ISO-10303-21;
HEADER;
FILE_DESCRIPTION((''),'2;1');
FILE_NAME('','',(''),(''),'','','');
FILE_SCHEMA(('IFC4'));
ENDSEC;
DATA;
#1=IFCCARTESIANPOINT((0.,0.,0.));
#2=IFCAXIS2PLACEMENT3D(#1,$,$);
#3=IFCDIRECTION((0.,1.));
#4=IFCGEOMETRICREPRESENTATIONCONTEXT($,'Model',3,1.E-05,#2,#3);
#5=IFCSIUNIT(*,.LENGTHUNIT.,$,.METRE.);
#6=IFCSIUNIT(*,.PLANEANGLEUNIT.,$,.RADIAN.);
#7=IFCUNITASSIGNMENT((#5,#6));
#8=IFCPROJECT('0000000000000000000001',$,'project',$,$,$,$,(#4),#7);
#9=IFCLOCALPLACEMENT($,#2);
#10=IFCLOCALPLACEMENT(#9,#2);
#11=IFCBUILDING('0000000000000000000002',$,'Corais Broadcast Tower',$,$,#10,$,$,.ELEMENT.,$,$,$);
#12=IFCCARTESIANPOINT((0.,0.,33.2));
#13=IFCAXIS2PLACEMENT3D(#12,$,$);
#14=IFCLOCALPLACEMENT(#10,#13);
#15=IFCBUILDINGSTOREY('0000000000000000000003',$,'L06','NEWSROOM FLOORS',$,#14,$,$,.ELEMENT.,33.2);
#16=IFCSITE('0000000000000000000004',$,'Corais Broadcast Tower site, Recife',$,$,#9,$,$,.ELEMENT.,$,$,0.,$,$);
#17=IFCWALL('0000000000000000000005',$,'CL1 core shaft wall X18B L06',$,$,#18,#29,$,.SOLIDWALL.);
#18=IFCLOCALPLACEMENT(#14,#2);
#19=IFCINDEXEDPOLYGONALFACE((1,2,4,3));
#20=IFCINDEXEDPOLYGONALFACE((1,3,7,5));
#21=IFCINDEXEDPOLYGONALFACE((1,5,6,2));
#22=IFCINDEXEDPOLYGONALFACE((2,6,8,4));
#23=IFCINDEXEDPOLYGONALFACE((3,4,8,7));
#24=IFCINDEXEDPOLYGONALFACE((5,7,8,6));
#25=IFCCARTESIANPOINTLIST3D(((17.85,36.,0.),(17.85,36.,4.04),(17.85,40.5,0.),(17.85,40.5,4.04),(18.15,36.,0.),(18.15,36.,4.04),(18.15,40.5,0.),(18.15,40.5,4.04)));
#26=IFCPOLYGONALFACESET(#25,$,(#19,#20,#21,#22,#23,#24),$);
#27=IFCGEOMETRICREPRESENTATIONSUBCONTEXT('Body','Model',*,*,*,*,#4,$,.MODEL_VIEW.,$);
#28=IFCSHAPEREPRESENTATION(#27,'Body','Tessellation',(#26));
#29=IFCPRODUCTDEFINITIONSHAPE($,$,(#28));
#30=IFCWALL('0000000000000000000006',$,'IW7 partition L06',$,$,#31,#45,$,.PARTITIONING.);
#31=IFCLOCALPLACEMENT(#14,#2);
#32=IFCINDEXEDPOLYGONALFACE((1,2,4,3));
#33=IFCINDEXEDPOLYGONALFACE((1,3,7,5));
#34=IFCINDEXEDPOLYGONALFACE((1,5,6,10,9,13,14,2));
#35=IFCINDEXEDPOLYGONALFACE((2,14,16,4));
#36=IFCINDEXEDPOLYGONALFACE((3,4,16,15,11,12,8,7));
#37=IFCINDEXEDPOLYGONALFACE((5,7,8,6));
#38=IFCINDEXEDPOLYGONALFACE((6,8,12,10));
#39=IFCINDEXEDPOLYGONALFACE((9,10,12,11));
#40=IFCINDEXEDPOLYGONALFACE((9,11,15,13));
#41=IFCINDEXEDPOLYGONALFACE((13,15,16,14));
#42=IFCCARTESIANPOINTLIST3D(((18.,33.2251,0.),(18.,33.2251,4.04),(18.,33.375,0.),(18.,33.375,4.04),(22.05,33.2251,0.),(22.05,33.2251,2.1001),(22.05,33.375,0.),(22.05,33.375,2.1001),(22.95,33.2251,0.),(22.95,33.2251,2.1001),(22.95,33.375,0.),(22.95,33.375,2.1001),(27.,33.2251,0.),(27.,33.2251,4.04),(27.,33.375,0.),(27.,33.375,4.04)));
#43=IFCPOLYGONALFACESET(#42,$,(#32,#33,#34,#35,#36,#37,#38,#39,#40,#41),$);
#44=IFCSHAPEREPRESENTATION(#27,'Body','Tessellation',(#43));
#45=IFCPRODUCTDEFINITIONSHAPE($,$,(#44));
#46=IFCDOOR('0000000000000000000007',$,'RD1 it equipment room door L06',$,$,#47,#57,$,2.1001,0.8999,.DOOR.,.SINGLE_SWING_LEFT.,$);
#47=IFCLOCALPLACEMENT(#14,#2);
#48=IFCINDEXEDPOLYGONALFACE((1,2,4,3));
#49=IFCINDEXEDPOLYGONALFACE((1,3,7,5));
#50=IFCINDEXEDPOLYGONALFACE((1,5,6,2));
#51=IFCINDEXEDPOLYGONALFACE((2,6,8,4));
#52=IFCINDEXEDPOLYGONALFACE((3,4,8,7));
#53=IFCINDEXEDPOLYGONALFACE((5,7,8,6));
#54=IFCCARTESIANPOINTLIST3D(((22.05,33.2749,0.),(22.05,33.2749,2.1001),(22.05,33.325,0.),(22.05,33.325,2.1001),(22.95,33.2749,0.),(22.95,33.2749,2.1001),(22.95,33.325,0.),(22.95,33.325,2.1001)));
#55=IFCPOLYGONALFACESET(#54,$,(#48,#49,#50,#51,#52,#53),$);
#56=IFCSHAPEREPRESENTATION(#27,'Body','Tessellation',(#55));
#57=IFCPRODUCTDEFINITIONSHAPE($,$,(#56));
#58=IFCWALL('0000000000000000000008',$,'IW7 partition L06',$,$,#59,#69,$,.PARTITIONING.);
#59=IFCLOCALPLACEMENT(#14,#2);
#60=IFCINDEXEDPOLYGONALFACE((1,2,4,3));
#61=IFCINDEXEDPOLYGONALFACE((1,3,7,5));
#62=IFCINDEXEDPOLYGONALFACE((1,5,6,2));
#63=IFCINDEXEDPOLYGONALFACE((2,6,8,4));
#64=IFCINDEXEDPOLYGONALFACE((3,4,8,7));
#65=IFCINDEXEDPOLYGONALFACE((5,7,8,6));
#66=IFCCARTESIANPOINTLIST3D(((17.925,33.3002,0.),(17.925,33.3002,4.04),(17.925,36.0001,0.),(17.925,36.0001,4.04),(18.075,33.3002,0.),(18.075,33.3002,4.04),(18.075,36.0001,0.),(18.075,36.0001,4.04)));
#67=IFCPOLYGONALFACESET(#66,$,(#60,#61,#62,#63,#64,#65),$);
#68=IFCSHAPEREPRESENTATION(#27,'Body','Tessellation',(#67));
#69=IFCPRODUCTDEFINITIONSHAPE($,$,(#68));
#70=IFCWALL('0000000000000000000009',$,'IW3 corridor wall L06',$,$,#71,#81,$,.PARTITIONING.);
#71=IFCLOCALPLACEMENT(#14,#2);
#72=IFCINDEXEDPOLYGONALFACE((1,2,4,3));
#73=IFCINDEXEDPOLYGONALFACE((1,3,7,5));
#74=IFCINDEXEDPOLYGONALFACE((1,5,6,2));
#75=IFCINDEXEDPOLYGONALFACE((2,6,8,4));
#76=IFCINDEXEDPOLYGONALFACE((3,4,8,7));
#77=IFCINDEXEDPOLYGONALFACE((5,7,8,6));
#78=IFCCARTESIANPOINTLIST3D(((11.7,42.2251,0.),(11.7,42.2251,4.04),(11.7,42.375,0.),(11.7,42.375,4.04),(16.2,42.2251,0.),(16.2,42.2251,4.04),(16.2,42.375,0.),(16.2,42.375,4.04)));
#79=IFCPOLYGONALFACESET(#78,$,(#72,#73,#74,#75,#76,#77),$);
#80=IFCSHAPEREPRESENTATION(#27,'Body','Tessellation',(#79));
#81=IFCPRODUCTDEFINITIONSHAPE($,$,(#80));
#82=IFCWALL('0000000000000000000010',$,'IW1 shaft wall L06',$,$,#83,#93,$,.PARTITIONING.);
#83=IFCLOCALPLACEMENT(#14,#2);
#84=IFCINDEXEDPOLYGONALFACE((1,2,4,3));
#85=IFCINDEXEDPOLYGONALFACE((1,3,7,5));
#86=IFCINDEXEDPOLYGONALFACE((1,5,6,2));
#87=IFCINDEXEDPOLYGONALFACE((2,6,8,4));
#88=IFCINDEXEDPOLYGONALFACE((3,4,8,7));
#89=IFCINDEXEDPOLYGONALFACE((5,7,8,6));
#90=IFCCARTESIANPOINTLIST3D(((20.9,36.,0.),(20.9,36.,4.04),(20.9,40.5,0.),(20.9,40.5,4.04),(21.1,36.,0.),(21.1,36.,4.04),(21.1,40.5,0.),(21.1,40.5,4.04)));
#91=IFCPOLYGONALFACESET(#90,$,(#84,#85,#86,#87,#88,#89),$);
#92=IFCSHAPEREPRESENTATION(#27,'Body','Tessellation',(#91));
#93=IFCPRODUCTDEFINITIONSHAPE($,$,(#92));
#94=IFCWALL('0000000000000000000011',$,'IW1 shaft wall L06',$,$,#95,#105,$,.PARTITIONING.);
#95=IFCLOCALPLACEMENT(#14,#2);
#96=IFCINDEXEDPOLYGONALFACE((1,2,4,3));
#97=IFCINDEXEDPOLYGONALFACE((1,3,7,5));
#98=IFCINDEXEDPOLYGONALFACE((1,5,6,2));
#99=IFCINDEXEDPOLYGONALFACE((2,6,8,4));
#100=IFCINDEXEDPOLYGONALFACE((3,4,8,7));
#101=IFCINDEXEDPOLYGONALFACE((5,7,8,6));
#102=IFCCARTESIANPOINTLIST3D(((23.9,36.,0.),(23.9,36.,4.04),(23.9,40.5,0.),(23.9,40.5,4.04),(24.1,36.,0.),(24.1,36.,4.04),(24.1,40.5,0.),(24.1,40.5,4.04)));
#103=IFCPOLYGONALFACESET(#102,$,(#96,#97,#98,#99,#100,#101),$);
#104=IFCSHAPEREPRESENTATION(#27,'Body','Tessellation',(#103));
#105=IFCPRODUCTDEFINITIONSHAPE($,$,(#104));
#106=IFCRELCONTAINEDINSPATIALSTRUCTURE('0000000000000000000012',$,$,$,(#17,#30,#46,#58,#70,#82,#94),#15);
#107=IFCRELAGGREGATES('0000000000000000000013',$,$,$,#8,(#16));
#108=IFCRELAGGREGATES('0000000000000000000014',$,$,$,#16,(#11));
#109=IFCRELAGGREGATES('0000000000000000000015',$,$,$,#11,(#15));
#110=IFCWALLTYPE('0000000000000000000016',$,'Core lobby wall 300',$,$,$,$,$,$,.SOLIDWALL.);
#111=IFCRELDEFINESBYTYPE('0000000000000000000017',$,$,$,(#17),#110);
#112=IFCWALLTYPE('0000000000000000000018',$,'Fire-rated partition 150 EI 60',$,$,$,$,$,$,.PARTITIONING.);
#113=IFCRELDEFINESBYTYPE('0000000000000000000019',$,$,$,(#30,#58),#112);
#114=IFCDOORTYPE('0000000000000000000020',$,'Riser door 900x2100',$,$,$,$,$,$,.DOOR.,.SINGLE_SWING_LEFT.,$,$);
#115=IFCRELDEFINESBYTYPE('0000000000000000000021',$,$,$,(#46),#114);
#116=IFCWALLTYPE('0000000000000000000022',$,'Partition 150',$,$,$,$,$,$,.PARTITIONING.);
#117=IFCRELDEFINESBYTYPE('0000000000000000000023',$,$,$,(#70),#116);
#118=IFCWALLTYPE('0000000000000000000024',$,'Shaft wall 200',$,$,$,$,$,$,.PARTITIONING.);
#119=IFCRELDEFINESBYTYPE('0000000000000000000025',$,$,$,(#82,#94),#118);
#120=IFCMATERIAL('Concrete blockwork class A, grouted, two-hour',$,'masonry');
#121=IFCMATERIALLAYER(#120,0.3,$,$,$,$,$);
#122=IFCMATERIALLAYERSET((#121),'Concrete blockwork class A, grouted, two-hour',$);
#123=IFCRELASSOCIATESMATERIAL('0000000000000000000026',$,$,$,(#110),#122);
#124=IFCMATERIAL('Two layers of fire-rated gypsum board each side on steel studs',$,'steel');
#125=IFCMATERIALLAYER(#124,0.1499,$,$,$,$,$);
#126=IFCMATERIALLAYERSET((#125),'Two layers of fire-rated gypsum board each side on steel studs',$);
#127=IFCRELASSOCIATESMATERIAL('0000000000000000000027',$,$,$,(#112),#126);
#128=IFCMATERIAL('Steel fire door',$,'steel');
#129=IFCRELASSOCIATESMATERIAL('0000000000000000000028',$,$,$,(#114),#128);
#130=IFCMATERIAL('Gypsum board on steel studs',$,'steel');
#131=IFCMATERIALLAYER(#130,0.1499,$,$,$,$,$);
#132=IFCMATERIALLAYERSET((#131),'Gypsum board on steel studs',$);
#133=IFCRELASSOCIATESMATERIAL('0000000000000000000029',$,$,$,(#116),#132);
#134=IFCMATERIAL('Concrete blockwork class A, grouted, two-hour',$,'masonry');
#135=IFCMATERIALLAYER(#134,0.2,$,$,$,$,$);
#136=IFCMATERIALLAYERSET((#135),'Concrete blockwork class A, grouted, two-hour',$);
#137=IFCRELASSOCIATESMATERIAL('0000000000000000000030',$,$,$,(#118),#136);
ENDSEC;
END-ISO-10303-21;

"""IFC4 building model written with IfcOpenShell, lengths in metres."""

from ifc_helpers import new_model, si_unit, direction, frame, frame_2d, origin, place, context, subcontext, project, spatial, rectangle, extrude, material, layer, layer_set, type_object, element, fill, save


model = new_model("IFC4")

# Units and contexts
model_context = context("Model", 3, precision=1e-05, world=origin(), true_north=direction((0.0, 1.0)))
body_context = subcontext(model_context, "Body", "Model", "MODEL_VIEW")
ifc_project = project(units=[si_unit("LENGTHUNIT", "METRE"), si_unit("PLANEANGLEUNIT", "RADIAN")], contexts=[model_context])

# Site, building, storey
site_placement = place(None, origin())
site = spatial("IfcSite", under=ifc_project, at=site_placement, Name="Corais Broadcast Tower site, Recife", CompositionType="ELEMENT", RefElevation=0.0)
building_placement = place(site_placement, origin())
building = spatial("IfcBuilding", under=site, at=building_placement, Name="Corais Broadcast Tower", CompositionType="ELEMENT")
storey_placement = place(building_placement, frame((0.0, 0.0, 33.2)))
storey = spatial("IfcBuildingStorey", under=building, at=storey_placement, Name="L06", Description="NEWSROOM FLOORS", CompositionType="ELEMENT", Elevation=33.2)

# Wall
ifc_material_1 = material(Name="Concrete blockwork class A, grouted, two-hour", Category="masonry")
ifc_layer_1 = layer(ifc_material_1, 0.3)
ifc_layer_set_1 = layer_set([ifc_layer_1], Name="Concrete blockwork class A, grouted, two-hour")
wall_type_1 = type_object("IfcWallType", Name="Core lobby wall 300", PredefinedType="SOLIDWALL", material=ifc_layer_set_1)
wall_1_placement = place(storey_placement, frame((18.0, 36.0, 0.0), z_axis=(0.0, 0.0, 1.0), x_axis=(0.0, 1.0, 0.0)))
element("IfcWall", 1, at=wall_1_placement, inside=storey, type_object=wall_type_1, Name="CL1 core shaft wall X18B L06", PredefinedType="SOLIDWALL", context=body_context, shape_type="SweptSolid", body=[
    extrude(rectangle(XDim=4.5, YDim=0.3, at=frame_2d((2.25, 0.0))), origin(), (0.0, 0.0, 1.0), 4.04),
])

# Wall, opening, door
ifc_material_2 = material(Name="Two layers of fire-rated gypsum board each side on steel studs", Category="steel")
ifc_layer_2 = layer(ifc_material_2, 0.1499)
ifc_layer_set_2 = layer_set([ifc_layer_2], Name="Two layers of fire-rated gypsum board each side on steel studs")
wall_type_2 = type_object("IfcWallType", Name="Fire-rated partition 150 EI 60", PredefinedType="PARTITIONING", material=ifc_layer_set_2)
wall_2_placement = place(storey_placement, frame((18.0, 33.3, 0.0), z_axis=(0.0, 0.0, 1.0), x_axis=(1.0, 0.0, 0.0)))
wall_2 = element("IfcWall", 2, at=wall_2_placement, inside=storey, type_object=wall_type_2, Name="IW7 partition L06", PredefinedType="PARTITIONING", context=body_context, shape_type="SweptSolid", body=[
    extrude(rectangle(XDim=9.0, YDim=0.1499, at=frame_2d((4.5, 0.0))), origin(), (0.0, 0.0, 1.0), 4.04),
])
opening_placement = place(wall_2_placement, frame((4.05, 0.0, 0.0)))
opening = element("IfcOpeningElement", 3, at=opening_placement, cuts=wall_2, PredefinedType="OPENING", context=body_context, shape_type="SweptSolid", body=[
    extrude(rectangle(XDim=0.8999, YDim=2.1001, at=frame_2d((0.45, 1.05))), frame((0.0, 0.085, 0.0), z_axis=(0.0, -1.0, 0.0), x_axis=(1.0, 0.0, 0.0)), (0.0, 0.0, 1.0), 0.1699),
])
ifc_material_3 = material(Name="Steel fire door", Category="steel")
door_type = type_object("IfcDoorType", Name="Riser door 900x2100", OperationType="SINGLE_SWING_LEFT", PredefinedType="DOOR", material=ifc_material_3)
door_placement = place(opening_placement, origin())
door = element("IfcDoor", 4, at=door_placement, inside=storey, type_object=door_type, Name="RD1 it equipment room door L06", OperationType="SINGLE_SWING_LEFT", OverallHeight=2.1001, OverallWidth=0.8999, PredefinedType="DOOR", context=body_context, shape_type="SweptSolid", body=[
    extrude(rectangle(XDim=0.8999, YDim=2.1001, at=frame_2d((0.45, 1.05))), frame((0.0, 0.0249, 0.0), z_axis=(0.0, -1.0, 0.0), x_axis=(1.0, 0.0, 0.0)), (0.0, 0.0, 1.0), 0.05),
])
fill(opening, door)

# Walls
wall_3_placement = place(storey_placement, frame((18.0, 33.3, 0.0), z_axis=(0.0, 0.0, 1.0), x_axis=(0.0, 1.0, 0.0)))
element("IfcWall", 5, at=wall_3_placement, inside=storey, type_object=wall_type_2, Name="IW7 partition L06", PredefinedType="PARTITIONING", context=body_context, shape_type="SweptSolid", body=[
    extrude(rectangle(XDim=2.7, YDim=0.1499, at=frame_2d((1.3501, 0.0))), origin(), (0.0, 0.0, 1.0), 4.04),
])
ifc_material_4 = material(Name="Gypsum board on steel studs", Category="steel")
ifc_layer_3 = layer(ifc_material_4, 0.1499)
ifc_layer_set_3 = layer_set([ifc_layer_3], Name="Gypsum board on steel studs")
wall_type_3 = type_object("IfcWallType", Name="Partition 150", PredefinedType="PARTITIONING", material=ifc_layer_set_3)
wall_4_placement = place(storey_placement, frame((16.2, 42.3, 0.0), z_axis=(0.0, 0.0, 1.0), x_axis=(-1.0, 0.0, 0.0)))
element("IfcWall", 6, at=wall_4_placement, inside=storey, type_object=wall_type_3, Name="IW3 corridor wall L06", PredefinedType="PARTITIONING", context=body_context, shape_type="SweptSolid", body=[
    extrude(rectangle(XDim=4.5, YDim=0.1499, at=frame_2d((2.25, 0.0))), origin(), (0.0, 0.0, 1.0), 4.04),
])
ifc_material_5 = material(Name="Concrete blockwork class A, grouted, two-hour", Category="masonry")
ifc_layer_4 = layer(ifc_material_5, 0.2)
ifc_layer_set_4 = layer_set([ifc_layer_4], Name="Concrete blockwork class A, grouted, two-hour")
wall_type_4 = type_object("IfcWallType", Name="Shaft wall 200", PredefinedType="PARTITIONING", material=ifc_layer_set_4)
for number, where, z_axis, x_axis, name in (
    (7, (21.0, 36.0, 0.0), (0.0, 0.0, 1.0), (0.0, 1.0, 0.0), "IW1 shaft wall L06"),
    (8, (24.0, 36.0, 0.0), (0.0, 0.0, 1.0), (0.0, 1.0, 0.0), "IW1 shaft wall L06"),
):
    element("IfcWall", number, at=place(storey_placement, frame(where, z_axis=z_axis, x_axis=x_axis)), inside=storey, type_object=wall_type_4, Name=name, PredefinedType="PARTITIONING", context=body_context, shape_type="SweptSolid", body=[
        extrude(rectangle(XDim=4.5, YDim=0.2, at=frame_2d((2.25, 0.0))), origin(), (0.0, 0.0, 1.0), 4.04),
    ])

save(model, "model.ifc")
